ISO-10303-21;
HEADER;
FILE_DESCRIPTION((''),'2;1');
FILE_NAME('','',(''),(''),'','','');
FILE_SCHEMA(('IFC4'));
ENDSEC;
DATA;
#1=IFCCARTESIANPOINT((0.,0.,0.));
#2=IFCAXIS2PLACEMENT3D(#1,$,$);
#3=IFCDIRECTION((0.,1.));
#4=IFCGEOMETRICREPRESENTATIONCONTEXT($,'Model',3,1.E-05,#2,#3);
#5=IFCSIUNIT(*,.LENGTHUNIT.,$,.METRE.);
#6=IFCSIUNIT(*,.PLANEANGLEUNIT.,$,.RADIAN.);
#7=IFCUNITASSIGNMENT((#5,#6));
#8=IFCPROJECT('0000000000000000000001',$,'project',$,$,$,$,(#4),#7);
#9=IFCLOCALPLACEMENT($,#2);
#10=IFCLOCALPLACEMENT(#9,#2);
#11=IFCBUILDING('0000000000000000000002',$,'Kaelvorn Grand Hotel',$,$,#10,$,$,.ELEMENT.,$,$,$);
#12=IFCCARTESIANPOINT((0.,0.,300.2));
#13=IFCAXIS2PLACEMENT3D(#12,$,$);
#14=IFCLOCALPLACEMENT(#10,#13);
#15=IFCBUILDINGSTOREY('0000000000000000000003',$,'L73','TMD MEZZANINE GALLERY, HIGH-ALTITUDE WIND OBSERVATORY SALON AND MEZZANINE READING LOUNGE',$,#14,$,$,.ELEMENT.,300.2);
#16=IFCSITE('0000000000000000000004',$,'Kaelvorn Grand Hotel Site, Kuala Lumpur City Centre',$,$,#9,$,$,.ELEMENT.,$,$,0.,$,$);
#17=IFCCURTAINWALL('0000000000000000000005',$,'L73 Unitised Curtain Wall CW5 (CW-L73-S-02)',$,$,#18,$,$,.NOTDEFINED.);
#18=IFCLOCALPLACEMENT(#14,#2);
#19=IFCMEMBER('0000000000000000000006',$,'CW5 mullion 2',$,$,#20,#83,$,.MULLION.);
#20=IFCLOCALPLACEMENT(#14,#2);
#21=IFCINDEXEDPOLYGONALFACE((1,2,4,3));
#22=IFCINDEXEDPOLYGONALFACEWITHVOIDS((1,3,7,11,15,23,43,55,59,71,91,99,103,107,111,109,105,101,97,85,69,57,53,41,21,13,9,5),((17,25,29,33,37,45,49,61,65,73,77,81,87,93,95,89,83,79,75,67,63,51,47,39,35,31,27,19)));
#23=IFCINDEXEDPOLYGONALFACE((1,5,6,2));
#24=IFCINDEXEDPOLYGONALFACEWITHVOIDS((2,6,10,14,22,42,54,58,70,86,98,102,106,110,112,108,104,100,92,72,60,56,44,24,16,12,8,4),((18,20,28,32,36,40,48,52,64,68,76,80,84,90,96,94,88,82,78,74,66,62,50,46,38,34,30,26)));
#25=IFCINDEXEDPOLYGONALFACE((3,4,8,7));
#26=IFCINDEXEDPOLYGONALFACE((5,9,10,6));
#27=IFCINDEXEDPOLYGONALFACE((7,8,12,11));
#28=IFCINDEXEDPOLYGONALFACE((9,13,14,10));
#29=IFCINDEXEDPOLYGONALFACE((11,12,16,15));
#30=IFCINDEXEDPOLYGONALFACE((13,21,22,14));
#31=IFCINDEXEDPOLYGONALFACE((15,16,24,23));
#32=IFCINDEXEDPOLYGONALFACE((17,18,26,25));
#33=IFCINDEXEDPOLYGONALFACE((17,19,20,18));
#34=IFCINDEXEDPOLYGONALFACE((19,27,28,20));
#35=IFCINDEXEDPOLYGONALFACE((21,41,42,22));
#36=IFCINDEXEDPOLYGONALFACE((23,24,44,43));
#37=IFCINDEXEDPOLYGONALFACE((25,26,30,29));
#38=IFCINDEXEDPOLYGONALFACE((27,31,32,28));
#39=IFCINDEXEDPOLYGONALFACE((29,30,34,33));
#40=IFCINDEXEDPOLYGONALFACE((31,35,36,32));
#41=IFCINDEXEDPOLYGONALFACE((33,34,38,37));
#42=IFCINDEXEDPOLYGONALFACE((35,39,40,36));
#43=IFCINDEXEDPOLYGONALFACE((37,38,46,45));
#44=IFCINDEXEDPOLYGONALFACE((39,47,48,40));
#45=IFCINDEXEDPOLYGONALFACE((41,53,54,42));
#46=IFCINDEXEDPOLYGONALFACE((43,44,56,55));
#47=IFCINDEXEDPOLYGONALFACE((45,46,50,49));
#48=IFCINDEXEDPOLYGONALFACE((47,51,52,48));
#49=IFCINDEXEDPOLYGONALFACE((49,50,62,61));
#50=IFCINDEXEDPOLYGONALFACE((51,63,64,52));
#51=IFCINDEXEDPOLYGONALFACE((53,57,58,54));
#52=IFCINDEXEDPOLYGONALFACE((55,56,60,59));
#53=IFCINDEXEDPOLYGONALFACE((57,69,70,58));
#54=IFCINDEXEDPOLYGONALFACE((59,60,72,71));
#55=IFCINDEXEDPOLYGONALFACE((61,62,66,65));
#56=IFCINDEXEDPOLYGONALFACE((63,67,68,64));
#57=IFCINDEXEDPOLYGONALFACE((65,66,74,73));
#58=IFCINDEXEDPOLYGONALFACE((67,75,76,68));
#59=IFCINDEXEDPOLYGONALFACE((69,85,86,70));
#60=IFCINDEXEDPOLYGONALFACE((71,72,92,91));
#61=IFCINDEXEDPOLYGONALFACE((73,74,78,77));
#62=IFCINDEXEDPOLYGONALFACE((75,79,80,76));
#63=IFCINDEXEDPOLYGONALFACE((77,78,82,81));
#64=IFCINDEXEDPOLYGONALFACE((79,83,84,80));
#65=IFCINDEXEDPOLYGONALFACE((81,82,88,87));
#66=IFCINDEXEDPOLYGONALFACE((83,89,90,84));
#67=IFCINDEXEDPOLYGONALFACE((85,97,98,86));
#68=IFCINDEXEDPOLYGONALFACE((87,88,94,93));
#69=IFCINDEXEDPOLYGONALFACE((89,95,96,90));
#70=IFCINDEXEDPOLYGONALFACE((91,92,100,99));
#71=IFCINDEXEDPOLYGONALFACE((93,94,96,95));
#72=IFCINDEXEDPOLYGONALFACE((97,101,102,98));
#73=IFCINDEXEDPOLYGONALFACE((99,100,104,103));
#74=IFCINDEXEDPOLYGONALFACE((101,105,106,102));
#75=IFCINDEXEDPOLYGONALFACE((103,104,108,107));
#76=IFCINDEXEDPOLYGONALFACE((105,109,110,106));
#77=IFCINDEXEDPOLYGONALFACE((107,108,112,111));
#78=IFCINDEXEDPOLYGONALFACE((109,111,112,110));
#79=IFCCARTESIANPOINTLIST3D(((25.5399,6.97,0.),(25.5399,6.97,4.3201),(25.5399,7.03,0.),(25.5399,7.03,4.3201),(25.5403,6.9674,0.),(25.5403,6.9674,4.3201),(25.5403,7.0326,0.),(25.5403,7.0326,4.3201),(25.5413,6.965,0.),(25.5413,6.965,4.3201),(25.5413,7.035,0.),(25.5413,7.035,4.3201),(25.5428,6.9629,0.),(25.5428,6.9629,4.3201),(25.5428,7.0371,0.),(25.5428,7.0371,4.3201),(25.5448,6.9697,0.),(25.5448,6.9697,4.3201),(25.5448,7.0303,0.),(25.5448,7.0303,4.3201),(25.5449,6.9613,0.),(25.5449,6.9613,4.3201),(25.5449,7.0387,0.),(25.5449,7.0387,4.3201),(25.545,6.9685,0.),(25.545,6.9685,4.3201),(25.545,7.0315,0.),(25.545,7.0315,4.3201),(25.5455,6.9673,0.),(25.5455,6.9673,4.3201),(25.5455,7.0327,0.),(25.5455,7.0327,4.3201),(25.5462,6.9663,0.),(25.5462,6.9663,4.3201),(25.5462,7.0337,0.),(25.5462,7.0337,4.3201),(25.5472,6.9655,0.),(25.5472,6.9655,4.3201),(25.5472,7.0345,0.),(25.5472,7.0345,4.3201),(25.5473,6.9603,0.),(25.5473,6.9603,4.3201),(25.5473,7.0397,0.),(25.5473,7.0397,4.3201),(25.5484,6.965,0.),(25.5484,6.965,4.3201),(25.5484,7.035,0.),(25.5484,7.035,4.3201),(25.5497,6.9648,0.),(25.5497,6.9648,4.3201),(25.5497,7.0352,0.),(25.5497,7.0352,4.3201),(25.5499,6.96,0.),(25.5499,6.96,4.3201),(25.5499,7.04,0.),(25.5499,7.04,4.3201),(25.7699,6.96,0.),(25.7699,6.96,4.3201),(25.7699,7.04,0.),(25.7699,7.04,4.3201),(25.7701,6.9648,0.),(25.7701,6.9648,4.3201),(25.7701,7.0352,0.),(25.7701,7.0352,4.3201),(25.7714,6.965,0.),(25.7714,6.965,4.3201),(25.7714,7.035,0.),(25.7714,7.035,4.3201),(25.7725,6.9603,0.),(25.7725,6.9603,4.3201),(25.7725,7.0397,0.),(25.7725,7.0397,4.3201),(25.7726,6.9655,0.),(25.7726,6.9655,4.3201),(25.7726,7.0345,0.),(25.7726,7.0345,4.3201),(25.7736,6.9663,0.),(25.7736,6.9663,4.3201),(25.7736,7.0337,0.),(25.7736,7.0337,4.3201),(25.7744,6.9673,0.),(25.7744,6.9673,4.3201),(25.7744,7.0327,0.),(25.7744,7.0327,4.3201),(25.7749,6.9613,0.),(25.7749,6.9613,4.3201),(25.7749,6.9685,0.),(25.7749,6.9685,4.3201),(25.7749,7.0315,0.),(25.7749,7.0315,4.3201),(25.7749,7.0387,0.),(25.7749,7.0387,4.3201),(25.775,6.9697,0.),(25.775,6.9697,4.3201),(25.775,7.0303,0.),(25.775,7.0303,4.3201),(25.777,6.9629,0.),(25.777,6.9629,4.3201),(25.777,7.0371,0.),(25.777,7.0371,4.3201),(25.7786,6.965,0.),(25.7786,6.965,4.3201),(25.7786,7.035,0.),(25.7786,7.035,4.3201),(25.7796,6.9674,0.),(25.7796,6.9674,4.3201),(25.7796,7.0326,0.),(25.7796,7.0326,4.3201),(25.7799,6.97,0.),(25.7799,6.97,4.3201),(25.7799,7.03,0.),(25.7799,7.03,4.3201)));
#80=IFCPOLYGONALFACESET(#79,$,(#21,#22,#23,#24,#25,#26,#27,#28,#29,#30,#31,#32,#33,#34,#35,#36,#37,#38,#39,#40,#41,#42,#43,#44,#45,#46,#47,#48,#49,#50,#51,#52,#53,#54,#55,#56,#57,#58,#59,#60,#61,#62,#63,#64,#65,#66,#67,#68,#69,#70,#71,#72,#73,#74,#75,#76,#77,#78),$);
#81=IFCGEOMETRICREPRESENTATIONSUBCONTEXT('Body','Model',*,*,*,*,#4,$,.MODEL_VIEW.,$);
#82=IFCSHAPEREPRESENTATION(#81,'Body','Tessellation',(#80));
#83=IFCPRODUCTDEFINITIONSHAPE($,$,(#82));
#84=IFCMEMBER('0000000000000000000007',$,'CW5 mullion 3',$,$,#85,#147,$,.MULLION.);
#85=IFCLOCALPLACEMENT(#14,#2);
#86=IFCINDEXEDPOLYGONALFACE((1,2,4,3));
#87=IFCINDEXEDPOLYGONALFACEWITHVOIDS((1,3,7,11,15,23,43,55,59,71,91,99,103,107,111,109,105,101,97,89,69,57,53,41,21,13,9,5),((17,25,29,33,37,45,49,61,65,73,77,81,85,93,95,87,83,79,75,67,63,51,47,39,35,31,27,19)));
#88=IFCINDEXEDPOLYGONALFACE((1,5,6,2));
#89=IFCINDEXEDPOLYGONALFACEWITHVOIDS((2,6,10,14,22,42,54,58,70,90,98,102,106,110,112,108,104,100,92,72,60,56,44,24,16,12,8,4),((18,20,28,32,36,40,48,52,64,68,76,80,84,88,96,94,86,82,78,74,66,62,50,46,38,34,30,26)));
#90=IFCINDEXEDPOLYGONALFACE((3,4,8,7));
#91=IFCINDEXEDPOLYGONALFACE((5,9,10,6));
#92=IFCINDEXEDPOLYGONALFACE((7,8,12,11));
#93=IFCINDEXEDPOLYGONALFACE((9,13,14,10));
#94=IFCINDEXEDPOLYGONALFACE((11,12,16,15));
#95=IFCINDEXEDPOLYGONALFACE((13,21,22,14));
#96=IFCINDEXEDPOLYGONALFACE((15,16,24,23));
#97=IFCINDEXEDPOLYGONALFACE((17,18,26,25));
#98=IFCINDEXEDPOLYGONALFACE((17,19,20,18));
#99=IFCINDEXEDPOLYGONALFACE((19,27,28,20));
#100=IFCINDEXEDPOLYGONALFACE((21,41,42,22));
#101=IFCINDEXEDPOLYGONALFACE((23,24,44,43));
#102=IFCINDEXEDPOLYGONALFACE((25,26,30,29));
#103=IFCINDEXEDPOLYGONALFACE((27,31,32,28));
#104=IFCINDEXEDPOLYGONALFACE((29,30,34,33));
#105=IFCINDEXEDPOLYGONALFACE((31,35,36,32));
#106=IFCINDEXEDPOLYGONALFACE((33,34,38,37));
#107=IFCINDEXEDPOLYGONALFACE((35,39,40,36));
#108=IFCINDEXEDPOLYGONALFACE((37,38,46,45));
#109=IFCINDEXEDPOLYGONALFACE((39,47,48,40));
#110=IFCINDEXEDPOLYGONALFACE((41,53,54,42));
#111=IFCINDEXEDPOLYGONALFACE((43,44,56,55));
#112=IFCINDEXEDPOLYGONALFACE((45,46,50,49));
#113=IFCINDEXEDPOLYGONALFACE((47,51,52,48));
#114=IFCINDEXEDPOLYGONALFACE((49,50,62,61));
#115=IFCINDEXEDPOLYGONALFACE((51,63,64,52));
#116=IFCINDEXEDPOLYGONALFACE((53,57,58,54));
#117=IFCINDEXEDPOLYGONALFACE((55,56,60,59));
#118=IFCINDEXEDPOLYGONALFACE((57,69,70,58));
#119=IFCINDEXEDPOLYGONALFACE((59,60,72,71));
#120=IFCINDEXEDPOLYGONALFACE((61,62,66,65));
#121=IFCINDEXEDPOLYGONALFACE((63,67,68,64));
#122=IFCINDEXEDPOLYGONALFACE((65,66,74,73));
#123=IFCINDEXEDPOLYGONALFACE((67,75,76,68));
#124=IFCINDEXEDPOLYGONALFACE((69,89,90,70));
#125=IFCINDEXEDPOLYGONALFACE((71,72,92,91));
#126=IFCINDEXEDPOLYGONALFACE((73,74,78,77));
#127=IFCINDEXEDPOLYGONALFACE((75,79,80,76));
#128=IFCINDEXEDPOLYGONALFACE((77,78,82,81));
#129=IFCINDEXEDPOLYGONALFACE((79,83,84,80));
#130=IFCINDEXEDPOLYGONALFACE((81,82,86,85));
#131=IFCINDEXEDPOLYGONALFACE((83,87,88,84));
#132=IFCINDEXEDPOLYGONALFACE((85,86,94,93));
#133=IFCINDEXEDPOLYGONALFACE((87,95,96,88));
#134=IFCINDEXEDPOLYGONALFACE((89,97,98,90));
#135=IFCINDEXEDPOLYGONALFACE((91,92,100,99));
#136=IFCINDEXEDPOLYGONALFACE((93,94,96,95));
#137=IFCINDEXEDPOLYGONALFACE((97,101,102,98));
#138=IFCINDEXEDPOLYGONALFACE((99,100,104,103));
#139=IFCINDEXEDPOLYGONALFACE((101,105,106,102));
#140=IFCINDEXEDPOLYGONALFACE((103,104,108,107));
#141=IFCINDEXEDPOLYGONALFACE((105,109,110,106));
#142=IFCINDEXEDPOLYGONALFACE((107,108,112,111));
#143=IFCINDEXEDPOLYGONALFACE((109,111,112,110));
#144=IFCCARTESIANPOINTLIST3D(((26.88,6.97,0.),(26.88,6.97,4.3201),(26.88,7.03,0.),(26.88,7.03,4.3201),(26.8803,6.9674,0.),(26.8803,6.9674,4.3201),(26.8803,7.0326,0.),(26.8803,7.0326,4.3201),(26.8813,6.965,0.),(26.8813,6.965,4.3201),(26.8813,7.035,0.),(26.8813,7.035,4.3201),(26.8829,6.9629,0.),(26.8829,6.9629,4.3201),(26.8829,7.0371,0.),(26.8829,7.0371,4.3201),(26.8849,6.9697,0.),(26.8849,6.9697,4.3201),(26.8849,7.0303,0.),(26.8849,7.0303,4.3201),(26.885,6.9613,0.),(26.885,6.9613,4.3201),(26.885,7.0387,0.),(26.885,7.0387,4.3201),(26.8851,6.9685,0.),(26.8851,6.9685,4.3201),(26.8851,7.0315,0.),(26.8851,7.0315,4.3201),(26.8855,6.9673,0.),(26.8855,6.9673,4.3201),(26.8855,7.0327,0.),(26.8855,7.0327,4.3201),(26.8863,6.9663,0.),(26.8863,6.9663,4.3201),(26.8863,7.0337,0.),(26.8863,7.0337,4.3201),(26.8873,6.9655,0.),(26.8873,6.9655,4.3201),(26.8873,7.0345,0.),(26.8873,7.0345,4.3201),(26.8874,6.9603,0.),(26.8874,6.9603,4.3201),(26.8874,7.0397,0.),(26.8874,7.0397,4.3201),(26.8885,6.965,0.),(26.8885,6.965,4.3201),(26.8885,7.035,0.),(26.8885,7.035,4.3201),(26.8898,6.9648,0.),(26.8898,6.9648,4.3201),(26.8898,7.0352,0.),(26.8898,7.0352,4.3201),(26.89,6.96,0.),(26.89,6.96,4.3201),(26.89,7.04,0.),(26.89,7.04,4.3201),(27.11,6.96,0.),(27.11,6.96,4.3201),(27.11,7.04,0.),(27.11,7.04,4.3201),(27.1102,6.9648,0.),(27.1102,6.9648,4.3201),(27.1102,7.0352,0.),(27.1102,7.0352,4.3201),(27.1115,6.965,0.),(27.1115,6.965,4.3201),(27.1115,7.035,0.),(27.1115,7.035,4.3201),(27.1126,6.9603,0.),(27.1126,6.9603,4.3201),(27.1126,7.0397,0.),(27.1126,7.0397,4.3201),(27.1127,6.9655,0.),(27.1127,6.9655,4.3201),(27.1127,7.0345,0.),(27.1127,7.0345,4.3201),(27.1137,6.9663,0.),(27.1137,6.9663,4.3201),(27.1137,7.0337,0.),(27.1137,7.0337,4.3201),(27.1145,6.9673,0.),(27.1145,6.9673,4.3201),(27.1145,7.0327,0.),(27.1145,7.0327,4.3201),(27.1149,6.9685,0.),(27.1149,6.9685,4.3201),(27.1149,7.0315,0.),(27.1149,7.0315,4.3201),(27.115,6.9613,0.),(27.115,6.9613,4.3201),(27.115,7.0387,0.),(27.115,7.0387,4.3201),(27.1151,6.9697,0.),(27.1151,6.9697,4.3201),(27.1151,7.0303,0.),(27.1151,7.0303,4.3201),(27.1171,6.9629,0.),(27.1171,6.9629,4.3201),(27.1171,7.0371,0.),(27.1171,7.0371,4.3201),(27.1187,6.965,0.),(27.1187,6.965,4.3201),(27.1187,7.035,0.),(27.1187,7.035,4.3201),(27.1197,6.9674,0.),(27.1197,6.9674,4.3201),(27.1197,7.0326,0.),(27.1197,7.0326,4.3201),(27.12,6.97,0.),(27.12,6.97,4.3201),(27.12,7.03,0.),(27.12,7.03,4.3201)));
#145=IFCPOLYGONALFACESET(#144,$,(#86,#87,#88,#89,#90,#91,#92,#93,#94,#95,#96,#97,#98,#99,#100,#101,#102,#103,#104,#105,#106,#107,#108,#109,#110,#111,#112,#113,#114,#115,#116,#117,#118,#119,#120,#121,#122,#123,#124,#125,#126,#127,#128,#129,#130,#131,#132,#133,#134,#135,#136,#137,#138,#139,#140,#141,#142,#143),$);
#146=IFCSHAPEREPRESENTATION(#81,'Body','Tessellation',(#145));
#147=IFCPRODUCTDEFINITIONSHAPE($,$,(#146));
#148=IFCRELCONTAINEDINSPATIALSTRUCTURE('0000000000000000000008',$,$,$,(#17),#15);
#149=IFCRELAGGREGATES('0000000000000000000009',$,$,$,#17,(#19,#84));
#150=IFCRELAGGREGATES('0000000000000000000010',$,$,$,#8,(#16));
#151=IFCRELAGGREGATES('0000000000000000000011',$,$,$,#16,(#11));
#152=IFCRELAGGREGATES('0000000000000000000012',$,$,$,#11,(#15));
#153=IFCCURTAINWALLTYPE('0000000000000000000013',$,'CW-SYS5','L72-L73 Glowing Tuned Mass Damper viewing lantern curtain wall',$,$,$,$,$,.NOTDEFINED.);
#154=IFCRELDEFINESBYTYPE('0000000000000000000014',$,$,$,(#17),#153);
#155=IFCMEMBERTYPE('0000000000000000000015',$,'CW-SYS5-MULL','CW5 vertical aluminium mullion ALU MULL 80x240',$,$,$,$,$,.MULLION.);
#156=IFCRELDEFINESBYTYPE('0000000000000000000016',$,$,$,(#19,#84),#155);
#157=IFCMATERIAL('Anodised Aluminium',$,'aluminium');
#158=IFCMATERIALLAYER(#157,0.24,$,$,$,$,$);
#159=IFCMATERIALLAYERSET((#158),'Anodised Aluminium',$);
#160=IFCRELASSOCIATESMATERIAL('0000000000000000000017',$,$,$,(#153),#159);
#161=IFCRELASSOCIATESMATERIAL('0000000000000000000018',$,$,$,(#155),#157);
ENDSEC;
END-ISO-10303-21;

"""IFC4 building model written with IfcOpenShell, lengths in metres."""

from ifc_helpers import new_model, si_unit, direction, frame, origin, origin_2d, place, context, subcontext, project, spatial, hollow_rectangle, extrude, material, layer, layer_set, material_profile, profile_set, type_object, element, aggregate, save


model = new_model("IFC4")

# Units and contexts
model_context = context("Model", 3, precision=1e-05, world=origin(), true_north=direction((0.0, 1.0)))
body_context = subcontext(model_context, "Body", "Model", "MODEL_VIEW")
ifc_project = project(units=[si_unit("LENGTHUNIT", "METRE"), si_unit("PLANEANGLEUNIT", "RADIAN")], contexts=[model_context])

# Site, building, storey
site_placement = place(None, origin())
site = spatial("IfcSite", under=ifc_project, at=site_placement, Name="Kaelvorn Grand Hotel Site, Kuala Lumpur City Centre", CompositionType="ELEMENT", RefElevation=0.0)
building_placement = place(site_placement, origin())
building = spatial("IfcBuilding", under=site, at=building_placement, Name="Kaelvorn Grand Hotel", CompositionType="ELEMENT")
storey_placement = place(building_placement, frame((0.0, 0.0, 300.2)))
storey = spatial("IfcBuildingStorey", under=building, at=storey_placement, Name="L73", Description="TMD MEZZANINE GALLERY, HIGH-ALTITUDE WIND OBSERVATORY SALON AND MEZZANINE READING LOUNGE", CompositionType="ELEMENT", Elevation=300.2)

# Curtain wall, members
ifc_material_1 = material(Name="Anodised Aluminium", Category="aluminium")
ifc_layer_1 = layer(ifc_material_1, 0.24)
ifc_layer_set_1 = layer_set([ifc_layer_1], Name="Anodised Aluminium")
curtain_wall_type = type_object("IfcCurtainWallType", Name="CW-SYS5", Description="L72-L73 Glowing Tuned Mass Damper viewing lantern curtain wall", PredefinedType="NOTDEFINED", material=ifc_layer_set_1)
curtain_wall_placement = place(storey_placement, origin())
curtain_wall = element("IfcCurtainWall", 1, at=curtain_wall_placement, inside=storey, type_object=curtain_wall_type, Name="L73 Unitised Curtain Wall CW5 (CW-L73-S-02)", PredefinedType="NOTDEFINED")
ifc_material_profile_1 = material_profile(ifc_material_1, hollow_rectangle(XDim=0.0801, YDim=0.24, WallThickness=0.0049, InnerFilletRadius=0.0049, OuterFilletRadius=0.01, at=origin_2d()), Name="ALU MULL 80x240")
ifc_profile_set_1 = profile_set([ifc_material_profile_1], Name="Anodised Aluminium")
member_type_1 = type_object("IfcMemberType", Name="CW-SYS5-MULL", Description="CW5 vertical aluminium mullion ALU MULL 80x240", PredefinedType="MULLION", material=ifc_profile_set_1)
member_1_placement = place(storey_placement, frame((25.6599, 7.0, 0.0), z_axis=(0.0, 0.0, 1.0), x_axis=(0.0, 1.0, 0.0)))
member_1 = element("IfcMember", 2, at=member_1_placement, type_object=member_type_1, Name="CW5 mullion 2", PredefinedType="MULLION", context=body_context, shape_type="SweptSolid", body=[
    extrude(hollow_rectangle(XDim=0.0801, YDim=0.24, WallThickness=0.0049, InnerFilletRadius=0.0049, OuterFilletRadius=0.01, at=origin_2d()), origin(), (0.0, 0.0, 1.0), 4.3201),
])
member_2_placement = place(storey_placement, frame((27.0, 7.0, 0.0), z_axis=(0.0, 0.0, 1.0), x_axis=(0.0, 1.0, 0.0)))
member_2 = element("IfcMember", 3, at=member_2_placement, type_object=member_type_1, Name="CW5 mullion 3", PredefinedType="MULLION", context=body_context, shape_type="SweptSolid", body=[
    extrude(hollow_rectangle(XDim=0.0801, YDim=0.24, WallThickness=0.0049, InnerFilletRadius=0.0049, OuterFilletRadius=0.01, at=origin_2d()), origin(), (0.0, 0.0, 1.0), 4.3201),
])
aggregate(curtain_wall, [member_1, member_2])

save(model, "model.ifc")
